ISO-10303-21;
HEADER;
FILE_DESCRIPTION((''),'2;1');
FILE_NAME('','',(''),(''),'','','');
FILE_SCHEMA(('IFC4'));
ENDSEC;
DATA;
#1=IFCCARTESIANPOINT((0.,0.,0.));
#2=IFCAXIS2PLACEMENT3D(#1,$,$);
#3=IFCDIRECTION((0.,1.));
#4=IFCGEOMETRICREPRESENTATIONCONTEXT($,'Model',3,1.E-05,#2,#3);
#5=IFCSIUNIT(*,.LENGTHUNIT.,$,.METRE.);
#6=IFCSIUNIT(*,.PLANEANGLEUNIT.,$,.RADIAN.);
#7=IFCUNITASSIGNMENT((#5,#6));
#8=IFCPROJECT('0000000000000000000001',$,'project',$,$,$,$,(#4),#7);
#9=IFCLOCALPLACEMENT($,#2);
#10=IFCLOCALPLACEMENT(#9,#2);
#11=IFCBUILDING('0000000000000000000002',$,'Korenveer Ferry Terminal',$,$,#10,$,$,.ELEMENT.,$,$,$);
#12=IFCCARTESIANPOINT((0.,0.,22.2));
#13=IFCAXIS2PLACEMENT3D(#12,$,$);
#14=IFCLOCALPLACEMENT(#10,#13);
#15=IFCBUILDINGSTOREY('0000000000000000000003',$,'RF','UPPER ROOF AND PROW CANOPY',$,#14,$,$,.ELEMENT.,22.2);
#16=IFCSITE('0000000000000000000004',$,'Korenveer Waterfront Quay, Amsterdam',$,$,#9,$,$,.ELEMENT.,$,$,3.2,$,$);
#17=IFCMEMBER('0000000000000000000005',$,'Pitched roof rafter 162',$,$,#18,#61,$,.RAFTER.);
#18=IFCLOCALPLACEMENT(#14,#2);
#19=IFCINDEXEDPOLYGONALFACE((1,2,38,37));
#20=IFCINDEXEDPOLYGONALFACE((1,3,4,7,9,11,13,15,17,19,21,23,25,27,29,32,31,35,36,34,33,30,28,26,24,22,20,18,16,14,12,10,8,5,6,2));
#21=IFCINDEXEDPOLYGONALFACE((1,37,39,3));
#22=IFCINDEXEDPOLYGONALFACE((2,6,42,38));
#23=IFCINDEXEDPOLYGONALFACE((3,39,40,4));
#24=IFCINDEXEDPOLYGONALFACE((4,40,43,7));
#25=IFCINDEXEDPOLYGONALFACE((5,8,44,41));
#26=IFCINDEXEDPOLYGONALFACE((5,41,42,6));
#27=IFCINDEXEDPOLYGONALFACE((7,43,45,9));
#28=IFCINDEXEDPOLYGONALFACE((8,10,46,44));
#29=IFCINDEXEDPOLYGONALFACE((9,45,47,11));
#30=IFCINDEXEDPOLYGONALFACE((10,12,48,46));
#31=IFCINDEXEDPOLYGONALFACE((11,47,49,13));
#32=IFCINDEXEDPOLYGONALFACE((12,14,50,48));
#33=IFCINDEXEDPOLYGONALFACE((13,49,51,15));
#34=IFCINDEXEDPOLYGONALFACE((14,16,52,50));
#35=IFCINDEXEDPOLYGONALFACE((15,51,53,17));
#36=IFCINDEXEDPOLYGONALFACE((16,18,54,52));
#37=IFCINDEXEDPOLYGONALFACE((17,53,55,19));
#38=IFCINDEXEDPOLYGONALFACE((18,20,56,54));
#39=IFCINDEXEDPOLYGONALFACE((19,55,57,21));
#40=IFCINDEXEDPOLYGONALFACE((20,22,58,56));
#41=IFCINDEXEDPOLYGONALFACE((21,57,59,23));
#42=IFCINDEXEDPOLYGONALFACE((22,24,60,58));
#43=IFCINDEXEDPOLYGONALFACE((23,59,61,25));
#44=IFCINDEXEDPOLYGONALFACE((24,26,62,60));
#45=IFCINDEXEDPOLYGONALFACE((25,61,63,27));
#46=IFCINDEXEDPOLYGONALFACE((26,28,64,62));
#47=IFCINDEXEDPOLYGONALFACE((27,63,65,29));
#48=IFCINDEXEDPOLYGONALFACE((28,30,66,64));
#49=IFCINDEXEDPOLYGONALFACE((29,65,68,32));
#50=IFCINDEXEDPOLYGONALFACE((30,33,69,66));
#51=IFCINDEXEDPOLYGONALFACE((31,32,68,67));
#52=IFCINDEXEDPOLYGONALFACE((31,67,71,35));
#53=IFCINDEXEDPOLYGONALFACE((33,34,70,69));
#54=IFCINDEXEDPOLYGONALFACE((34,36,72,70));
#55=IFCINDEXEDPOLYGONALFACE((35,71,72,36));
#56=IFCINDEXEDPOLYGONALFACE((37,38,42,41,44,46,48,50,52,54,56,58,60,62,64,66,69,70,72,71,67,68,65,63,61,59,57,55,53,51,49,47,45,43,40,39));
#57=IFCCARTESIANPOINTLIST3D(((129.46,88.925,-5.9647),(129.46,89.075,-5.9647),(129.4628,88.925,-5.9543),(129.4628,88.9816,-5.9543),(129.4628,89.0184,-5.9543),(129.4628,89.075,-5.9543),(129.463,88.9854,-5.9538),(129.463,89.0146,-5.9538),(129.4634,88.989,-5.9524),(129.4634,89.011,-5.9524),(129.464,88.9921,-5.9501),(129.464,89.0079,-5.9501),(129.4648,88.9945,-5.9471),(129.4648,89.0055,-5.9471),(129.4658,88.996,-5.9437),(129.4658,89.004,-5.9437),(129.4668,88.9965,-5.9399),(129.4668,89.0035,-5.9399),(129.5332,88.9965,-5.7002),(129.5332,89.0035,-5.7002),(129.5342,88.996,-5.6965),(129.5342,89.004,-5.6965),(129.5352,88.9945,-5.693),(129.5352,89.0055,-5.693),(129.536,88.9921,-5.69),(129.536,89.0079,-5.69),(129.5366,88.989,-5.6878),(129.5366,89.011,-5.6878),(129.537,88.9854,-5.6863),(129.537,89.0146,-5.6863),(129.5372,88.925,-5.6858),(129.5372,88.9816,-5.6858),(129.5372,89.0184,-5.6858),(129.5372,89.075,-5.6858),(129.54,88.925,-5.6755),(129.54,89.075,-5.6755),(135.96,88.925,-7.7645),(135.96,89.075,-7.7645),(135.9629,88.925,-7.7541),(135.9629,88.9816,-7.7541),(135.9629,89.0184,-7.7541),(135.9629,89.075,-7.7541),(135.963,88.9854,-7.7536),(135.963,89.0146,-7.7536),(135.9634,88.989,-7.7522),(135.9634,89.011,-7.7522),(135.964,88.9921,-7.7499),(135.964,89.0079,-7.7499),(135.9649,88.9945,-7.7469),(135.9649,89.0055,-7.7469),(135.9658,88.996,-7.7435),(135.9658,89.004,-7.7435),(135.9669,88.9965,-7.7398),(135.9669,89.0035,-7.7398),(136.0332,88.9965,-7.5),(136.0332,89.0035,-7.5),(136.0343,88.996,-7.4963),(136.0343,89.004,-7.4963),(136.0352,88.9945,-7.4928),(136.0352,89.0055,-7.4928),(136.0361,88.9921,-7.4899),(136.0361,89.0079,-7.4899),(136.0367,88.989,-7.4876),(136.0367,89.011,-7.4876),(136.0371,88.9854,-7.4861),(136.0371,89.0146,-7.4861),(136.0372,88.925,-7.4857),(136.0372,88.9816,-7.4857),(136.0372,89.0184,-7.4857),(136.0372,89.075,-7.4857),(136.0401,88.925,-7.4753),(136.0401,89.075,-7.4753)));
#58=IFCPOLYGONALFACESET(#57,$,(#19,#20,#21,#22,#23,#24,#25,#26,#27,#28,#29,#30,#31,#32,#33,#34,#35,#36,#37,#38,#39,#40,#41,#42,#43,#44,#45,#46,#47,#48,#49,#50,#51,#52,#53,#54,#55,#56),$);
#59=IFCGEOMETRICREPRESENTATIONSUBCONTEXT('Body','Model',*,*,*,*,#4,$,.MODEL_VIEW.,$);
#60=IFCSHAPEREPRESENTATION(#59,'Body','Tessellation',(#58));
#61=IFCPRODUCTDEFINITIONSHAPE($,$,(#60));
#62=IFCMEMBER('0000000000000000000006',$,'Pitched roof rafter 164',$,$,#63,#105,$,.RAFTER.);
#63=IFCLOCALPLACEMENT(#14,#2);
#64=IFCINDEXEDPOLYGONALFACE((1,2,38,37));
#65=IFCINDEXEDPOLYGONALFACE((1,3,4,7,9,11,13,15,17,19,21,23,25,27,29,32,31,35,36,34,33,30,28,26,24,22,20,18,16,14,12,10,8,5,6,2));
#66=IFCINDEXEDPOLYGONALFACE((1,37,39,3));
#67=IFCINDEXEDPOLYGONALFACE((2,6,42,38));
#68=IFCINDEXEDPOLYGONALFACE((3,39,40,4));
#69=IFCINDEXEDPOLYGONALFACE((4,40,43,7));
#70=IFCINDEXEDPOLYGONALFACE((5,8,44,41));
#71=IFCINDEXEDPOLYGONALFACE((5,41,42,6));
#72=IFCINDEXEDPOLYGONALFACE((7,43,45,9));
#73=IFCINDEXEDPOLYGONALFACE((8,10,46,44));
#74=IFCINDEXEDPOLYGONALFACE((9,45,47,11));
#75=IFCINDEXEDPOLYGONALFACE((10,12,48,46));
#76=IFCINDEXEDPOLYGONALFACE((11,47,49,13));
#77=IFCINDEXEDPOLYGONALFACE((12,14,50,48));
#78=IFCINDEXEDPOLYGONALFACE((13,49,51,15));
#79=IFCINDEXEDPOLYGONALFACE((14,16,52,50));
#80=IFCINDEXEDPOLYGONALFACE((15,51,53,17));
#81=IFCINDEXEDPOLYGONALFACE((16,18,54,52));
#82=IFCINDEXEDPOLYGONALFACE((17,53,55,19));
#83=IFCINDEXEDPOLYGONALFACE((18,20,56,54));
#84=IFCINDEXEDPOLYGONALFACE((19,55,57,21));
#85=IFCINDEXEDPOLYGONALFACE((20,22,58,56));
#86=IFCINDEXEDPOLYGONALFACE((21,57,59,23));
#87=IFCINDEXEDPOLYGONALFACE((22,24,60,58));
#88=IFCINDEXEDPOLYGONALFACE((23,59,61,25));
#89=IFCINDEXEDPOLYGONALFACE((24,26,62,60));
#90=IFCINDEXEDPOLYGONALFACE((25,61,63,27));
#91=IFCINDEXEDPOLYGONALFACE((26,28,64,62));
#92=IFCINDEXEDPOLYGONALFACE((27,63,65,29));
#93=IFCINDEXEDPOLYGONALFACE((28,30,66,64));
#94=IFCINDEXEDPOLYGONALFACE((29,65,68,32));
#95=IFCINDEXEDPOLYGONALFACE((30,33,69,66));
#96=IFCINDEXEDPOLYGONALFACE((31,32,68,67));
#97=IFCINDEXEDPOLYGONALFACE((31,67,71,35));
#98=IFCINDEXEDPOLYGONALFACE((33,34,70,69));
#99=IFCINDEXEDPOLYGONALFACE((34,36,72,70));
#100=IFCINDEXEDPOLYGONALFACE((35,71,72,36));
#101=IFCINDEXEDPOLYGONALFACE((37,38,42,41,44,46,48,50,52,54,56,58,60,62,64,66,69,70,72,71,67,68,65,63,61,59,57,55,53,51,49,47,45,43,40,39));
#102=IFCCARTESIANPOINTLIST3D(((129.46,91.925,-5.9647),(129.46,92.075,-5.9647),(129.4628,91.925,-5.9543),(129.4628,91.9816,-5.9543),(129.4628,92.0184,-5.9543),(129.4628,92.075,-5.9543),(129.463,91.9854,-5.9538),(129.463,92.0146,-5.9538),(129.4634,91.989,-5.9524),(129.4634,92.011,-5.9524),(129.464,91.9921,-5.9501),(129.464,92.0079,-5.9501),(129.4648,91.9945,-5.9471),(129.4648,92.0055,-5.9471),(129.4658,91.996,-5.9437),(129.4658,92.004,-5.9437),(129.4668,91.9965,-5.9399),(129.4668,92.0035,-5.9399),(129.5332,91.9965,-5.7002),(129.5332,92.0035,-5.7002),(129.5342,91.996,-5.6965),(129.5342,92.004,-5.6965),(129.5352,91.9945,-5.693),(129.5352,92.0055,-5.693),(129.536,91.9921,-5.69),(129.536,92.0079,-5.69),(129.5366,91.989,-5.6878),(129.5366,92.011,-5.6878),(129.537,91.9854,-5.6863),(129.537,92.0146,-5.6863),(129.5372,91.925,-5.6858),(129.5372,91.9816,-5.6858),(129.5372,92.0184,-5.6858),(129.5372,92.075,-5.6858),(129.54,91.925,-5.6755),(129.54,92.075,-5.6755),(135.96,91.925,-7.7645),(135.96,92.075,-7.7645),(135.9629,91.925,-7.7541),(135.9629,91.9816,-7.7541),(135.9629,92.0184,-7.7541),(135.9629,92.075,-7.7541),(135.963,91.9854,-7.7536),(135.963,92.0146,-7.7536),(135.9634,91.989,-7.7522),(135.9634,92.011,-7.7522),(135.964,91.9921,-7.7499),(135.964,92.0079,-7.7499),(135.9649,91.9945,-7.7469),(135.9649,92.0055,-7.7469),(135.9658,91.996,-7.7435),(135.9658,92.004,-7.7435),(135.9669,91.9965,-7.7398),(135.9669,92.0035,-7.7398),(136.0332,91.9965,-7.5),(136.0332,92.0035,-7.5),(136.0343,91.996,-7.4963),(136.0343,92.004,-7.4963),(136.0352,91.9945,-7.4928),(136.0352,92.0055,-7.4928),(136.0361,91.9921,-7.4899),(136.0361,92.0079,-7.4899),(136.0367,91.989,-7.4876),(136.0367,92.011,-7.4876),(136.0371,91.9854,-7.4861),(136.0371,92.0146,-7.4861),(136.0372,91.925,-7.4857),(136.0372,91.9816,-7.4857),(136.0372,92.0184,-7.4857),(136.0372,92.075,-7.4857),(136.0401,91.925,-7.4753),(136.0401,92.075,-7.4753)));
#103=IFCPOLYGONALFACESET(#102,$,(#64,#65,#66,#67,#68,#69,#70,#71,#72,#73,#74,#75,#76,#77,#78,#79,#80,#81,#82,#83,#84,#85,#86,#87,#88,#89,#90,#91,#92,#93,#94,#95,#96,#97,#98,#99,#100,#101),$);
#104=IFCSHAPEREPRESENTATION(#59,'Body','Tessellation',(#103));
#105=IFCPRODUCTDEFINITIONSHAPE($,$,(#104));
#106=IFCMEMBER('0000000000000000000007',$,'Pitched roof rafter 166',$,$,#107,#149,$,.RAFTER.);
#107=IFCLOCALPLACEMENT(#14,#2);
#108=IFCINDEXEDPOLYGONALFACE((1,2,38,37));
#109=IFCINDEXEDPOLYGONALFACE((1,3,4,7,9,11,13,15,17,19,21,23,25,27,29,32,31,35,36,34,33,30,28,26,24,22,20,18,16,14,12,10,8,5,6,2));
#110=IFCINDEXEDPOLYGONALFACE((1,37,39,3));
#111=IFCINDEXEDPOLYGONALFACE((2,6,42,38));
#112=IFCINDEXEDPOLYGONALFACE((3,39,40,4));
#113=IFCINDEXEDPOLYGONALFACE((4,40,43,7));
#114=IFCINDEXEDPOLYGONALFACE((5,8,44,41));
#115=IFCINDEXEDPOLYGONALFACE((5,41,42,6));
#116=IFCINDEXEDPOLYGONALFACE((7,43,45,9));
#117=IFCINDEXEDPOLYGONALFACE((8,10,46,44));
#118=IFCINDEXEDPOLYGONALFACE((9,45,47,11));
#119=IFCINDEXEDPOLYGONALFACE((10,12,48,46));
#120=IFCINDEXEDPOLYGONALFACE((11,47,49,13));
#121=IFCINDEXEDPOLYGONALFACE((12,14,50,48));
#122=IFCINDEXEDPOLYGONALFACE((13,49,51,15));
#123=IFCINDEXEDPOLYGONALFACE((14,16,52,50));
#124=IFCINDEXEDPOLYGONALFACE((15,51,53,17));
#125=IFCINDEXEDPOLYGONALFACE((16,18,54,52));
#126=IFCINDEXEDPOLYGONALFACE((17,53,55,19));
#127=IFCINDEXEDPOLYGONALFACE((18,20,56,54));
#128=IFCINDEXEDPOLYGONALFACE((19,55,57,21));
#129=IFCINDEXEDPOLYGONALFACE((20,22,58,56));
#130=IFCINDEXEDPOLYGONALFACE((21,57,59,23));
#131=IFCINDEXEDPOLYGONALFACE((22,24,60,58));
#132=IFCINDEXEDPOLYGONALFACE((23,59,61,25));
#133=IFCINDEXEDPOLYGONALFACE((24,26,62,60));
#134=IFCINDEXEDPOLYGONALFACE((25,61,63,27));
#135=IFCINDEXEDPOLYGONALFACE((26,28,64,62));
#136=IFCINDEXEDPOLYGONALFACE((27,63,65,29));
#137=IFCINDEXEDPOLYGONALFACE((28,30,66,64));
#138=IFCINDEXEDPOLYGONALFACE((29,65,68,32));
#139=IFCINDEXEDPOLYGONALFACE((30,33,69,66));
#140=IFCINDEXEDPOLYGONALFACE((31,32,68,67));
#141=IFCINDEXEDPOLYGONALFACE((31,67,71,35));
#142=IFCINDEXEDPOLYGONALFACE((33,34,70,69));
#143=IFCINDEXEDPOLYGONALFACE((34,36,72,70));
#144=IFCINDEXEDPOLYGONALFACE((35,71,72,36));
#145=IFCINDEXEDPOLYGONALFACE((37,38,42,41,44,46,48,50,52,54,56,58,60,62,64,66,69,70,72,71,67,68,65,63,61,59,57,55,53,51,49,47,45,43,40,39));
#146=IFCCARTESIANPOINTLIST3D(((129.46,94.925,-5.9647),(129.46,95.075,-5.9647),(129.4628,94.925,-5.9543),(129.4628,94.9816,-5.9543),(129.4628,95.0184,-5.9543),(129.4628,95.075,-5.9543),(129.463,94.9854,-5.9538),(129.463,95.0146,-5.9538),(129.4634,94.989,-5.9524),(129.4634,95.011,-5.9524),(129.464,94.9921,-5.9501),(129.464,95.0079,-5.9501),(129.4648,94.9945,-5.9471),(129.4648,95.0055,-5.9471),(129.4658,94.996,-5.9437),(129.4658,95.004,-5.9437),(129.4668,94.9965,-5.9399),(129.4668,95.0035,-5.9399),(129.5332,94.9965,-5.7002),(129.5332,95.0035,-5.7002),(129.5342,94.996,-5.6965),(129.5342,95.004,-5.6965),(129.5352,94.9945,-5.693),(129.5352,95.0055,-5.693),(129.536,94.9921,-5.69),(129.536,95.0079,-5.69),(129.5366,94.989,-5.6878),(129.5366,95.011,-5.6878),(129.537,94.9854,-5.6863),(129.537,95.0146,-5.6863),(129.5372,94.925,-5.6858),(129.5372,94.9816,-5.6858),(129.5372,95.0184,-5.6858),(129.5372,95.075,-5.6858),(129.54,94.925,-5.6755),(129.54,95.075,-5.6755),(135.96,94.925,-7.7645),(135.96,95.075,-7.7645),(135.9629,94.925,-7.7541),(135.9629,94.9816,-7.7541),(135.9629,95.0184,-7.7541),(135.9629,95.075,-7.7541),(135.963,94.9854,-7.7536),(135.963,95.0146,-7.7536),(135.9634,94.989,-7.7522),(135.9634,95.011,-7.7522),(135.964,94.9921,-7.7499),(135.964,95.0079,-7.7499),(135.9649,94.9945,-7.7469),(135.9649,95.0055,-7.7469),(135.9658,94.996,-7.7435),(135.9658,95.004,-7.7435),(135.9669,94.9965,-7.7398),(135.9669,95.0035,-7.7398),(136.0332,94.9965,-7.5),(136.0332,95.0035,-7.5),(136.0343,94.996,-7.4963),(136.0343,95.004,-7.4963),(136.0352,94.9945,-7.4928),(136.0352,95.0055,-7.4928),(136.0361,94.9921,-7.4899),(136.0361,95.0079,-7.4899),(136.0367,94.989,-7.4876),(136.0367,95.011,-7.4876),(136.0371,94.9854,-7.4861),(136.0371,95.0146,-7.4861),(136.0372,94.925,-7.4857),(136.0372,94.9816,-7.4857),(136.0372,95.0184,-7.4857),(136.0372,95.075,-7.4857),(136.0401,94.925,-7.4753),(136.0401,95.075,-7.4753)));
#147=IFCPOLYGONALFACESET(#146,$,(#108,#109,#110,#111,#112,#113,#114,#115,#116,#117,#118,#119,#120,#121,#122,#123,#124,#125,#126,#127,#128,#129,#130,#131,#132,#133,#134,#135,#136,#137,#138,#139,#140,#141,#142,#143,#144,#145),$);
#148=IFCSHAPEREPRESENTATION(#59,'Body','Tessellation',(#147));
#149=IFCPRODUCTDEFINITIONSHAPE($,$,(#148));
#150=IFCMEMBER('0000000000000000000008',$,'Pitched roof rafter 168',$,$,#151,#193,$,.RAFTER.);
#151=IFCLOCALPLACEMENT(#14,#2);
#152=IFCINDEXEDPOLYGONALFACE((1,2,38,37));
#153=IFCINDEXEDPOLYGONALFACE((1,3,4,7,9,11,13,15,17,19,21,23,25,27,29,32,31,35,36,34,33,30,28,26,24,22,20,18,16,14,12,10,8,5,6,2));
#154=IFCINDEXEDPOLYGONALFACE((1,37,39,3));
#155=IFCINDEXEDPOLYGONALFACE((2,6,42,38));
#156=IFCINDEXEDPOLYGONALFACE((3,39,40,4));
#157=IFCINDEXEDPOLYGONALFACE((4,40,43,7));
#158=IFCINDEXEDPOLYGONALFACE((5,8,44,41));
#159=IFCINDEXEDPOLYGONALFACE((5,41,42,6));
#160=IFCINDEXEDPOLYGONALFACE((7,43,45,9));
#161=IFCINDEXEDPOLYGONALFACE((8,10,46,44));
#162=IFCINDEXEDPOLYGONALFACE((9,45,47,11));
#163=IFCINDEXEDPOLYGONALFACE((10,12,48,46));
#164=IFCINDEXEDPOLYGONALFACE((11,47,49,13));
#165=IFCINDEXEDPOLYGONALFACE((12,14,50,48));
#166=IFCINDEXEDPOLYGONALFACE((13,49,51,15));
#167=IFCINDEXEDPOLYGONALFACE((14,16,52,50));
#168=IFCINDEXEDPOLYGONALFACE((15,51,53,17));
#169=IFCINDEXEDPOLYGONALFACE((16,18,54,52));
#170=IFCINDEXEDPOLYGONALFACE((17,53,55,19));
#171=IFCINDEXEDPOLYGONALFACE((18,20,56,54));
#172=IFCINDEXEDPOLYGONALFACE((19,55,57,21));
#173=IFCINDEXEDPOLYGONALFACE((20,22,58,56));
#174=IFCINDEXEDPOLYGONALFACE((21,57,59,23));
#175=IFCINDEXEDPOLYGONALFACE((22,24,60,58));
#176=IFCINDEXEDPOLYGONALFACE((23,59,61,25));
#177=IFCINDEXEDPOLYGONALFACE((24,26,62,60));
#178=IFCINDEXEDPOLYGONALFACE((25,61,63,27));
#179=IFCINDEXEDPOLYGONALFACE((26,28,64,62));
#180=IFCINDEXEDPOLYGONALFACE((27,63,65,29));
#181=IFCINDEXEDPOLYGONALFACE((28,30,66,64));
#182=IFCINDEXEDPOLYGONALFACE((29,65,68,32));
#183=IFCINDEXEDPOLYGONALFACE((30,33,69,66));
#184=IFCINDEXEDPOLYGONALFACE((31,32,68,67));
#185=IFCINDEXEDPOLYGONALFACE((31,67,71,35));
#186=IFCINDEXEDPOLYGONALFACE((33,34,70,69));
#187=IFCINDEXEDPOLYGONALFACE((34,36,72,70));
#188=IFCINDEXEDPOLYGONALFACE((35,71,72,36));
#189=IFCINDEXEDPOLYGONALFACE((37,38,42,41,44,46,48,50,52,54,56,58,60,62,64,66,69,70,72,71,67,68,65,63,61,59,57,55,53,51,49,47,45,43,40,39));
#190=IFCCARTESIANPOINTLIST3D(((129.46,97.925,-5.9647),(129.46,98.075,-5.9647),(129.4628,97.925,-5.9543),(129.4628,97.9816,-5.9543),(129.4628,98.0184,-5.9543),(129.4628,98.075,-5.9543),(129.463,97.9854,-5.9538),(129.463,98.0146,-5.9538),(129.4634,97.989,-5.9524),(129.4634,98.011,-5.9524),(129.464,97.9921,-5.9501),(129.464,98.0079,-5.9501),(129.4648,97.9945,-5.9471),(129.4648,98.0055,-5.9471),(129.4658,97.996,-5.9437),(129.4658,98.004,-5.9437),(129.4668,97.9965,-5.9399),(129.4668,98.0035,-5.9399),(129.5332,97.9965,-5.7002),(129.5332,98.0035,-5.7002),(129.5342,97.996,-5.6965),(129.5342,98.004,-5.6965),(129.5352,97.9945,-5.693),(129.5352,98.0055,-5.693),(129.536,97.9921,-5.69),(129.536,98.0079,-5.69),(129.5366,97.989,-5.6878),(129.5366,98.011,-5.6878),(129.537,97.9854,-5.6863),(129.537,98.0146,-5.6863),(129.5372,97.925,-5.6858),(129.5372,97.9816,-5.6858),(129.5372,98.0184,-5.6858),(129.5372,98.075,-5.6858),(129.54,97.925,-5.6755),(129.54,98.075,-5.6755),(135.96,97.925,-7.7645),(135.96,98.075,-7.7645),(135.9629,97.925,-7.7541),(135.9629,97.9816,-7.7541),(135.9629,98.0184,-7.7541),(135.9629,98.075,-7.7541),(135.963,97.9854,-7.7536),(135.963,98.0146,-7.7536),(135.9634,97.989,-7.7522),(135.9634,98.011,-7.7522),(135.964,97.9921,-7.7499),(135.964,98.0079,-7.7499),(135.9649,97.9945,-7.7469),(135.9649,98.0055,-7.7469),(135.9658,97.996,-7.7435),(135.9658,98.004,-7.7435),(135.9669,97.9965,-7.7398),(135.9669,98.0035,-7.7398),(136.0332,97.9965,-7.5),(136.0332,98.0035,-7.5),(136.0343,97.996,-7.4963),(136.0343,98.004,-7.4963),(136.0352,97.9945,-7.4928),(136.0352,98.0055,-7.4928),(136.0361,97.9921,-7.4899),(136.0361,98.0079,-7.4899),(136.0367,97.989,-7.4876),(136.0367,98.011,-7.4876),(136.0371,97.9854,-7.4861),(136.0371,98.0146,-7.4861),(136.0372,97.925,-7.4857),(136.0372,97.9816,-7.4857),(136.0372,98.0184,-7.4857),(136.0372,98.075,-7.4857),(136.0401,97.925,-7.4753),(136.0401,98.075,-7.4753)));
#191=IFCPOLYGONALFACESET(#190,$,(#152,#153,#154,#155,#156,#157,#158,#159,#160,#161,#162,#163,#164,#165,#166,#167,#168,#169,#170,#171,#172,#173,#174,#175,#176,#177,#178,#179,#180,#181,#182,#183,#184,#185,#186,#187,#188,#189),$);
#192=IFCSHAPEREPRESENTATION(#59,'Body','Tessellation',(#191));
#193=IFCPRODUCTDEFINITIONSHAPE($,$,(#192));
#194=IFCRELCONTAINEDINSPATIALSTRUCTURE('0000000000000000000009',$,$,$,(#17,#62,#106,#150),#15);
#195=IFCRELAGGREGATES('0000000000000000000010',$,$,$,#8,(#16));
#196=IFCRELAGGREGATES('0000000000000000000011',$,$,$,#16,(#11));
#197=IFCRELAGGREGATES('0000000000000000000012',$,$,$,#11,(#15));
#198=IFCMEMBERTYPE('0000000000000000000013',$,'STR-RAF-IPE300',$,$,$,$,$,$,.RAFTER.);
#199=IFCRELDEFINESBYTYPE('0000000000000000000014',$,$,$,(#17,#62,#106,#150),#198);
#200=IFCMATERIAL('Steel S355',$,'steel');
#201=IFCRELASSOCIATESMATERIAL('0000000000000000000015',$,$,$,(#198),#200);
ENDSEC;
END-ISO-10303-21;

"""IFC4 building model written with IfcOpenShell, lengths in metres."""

from ifc_helpers import new_model, si_unit, direction, frame, origin, origin_2d, place, context, subcontext, project, spatial, i_section, extrude, material, material_profile, profile_set, type_object, element, save


model = new_model("IFC4")

# Units and contexts
model_context = context("Model", 3, precision=1e-05, world=origin(), true_north=direction((0.0, 1.0)))
body_context = subcontext(model_context, "Body", "Model", "MODEL_VIEW")
ifc_project = project(units=[si_unit("LENGTHUNIT", "METRE"), si_unit("PLANEANGLEUNIT", "RADIAN")], contexts=[model_context])

# Site, building, storey
site_placement = place(None, origin())
site = spatial("IfcSite", under=ifc_project, at=site_placement, Name="Korenveer Waterfront Quay, Amsterdam", CompositionType="ELEMENT", RefElevation=3.2)
building_placement = place(site_placement, origin())
building = spatial("IfcBuilding", under=site, at=building_placement, Name="Korenveer Ferry Terminal", CompositionType="ELEMENT")
storey_placement = place(building_placement, frame((0.0, 0.0, 22.2)))
storey = spatial("IfcBuildingStorey", under=building, at=storey_placement, Name="RF", Description="UPPER ROOF AND PROW CANOPY", CompositionType="ELEMENT", Elevation=22.2)

# Members
ifc_material = material(Name="Steel S355", Category="steel")
ifc_material_profile_1 = material_profile(ifc_material, i_section(OverallWidth=0.1499, OverallDepth=0.3, WebThickness=0.0071, FlangeThickness=0.0107, FilletRadius=0.0149, at=origin_2d()), Name="IPE 300")
ifc_profile_set_1 = profile_set([ifc_material_profile_1], Name="Steel S355")
member_type_1 = type_object("IfcMemberType", Name="STR-RAF-IPE300", PredefinedType="RAFTER", material=ifc_profile_set_1)
for number, where, z_axis, x_axis, name in (
    (1, (129.5, 89.0, -5.8201), (0.963737, 0.0, -0.266852), (0.0, 1.0, 0.0), "Pitched roof rafter 162"),
    (2, (129.5, 92.0, -5.8201), (0.963737, 0.0, -0.266852), (0.0, 1.0, 0.0), "Pitched roof rafter 164"),
    (3, (129.5, 95.0, -5.8201), (0.963737, 0.0, -0.266852), (0.0, 1.0, 0.0), "Pitched roof rafter 166"),
    (4, (129.5, 98.0, -5.8201), (0.963737, 0.0, -0.266852), (0.0, 1.0, 0.0), "Pitched roof rafter 168"),
):
    element("IfcMember", number, at=place(storey_placement, frame(where, z_axis=z_axis, x_axis=x_axis)), inside=storey, type_object=member_type_1, Name=name, PredefinedType="RAFTER", context=body_context, shape_type="SweptSolid", body=[
        extrude(i_section(OverallWidth=0.1499, OverallDepth=0.3, WebThickness=0.0071, FlangeThickness=0.0107, FilletRadius=0.0149, at=origin_2d()), origin(), (0.0, 0.0, 1.0), 6.7446),
    ])

save(model, "model.ifc")
